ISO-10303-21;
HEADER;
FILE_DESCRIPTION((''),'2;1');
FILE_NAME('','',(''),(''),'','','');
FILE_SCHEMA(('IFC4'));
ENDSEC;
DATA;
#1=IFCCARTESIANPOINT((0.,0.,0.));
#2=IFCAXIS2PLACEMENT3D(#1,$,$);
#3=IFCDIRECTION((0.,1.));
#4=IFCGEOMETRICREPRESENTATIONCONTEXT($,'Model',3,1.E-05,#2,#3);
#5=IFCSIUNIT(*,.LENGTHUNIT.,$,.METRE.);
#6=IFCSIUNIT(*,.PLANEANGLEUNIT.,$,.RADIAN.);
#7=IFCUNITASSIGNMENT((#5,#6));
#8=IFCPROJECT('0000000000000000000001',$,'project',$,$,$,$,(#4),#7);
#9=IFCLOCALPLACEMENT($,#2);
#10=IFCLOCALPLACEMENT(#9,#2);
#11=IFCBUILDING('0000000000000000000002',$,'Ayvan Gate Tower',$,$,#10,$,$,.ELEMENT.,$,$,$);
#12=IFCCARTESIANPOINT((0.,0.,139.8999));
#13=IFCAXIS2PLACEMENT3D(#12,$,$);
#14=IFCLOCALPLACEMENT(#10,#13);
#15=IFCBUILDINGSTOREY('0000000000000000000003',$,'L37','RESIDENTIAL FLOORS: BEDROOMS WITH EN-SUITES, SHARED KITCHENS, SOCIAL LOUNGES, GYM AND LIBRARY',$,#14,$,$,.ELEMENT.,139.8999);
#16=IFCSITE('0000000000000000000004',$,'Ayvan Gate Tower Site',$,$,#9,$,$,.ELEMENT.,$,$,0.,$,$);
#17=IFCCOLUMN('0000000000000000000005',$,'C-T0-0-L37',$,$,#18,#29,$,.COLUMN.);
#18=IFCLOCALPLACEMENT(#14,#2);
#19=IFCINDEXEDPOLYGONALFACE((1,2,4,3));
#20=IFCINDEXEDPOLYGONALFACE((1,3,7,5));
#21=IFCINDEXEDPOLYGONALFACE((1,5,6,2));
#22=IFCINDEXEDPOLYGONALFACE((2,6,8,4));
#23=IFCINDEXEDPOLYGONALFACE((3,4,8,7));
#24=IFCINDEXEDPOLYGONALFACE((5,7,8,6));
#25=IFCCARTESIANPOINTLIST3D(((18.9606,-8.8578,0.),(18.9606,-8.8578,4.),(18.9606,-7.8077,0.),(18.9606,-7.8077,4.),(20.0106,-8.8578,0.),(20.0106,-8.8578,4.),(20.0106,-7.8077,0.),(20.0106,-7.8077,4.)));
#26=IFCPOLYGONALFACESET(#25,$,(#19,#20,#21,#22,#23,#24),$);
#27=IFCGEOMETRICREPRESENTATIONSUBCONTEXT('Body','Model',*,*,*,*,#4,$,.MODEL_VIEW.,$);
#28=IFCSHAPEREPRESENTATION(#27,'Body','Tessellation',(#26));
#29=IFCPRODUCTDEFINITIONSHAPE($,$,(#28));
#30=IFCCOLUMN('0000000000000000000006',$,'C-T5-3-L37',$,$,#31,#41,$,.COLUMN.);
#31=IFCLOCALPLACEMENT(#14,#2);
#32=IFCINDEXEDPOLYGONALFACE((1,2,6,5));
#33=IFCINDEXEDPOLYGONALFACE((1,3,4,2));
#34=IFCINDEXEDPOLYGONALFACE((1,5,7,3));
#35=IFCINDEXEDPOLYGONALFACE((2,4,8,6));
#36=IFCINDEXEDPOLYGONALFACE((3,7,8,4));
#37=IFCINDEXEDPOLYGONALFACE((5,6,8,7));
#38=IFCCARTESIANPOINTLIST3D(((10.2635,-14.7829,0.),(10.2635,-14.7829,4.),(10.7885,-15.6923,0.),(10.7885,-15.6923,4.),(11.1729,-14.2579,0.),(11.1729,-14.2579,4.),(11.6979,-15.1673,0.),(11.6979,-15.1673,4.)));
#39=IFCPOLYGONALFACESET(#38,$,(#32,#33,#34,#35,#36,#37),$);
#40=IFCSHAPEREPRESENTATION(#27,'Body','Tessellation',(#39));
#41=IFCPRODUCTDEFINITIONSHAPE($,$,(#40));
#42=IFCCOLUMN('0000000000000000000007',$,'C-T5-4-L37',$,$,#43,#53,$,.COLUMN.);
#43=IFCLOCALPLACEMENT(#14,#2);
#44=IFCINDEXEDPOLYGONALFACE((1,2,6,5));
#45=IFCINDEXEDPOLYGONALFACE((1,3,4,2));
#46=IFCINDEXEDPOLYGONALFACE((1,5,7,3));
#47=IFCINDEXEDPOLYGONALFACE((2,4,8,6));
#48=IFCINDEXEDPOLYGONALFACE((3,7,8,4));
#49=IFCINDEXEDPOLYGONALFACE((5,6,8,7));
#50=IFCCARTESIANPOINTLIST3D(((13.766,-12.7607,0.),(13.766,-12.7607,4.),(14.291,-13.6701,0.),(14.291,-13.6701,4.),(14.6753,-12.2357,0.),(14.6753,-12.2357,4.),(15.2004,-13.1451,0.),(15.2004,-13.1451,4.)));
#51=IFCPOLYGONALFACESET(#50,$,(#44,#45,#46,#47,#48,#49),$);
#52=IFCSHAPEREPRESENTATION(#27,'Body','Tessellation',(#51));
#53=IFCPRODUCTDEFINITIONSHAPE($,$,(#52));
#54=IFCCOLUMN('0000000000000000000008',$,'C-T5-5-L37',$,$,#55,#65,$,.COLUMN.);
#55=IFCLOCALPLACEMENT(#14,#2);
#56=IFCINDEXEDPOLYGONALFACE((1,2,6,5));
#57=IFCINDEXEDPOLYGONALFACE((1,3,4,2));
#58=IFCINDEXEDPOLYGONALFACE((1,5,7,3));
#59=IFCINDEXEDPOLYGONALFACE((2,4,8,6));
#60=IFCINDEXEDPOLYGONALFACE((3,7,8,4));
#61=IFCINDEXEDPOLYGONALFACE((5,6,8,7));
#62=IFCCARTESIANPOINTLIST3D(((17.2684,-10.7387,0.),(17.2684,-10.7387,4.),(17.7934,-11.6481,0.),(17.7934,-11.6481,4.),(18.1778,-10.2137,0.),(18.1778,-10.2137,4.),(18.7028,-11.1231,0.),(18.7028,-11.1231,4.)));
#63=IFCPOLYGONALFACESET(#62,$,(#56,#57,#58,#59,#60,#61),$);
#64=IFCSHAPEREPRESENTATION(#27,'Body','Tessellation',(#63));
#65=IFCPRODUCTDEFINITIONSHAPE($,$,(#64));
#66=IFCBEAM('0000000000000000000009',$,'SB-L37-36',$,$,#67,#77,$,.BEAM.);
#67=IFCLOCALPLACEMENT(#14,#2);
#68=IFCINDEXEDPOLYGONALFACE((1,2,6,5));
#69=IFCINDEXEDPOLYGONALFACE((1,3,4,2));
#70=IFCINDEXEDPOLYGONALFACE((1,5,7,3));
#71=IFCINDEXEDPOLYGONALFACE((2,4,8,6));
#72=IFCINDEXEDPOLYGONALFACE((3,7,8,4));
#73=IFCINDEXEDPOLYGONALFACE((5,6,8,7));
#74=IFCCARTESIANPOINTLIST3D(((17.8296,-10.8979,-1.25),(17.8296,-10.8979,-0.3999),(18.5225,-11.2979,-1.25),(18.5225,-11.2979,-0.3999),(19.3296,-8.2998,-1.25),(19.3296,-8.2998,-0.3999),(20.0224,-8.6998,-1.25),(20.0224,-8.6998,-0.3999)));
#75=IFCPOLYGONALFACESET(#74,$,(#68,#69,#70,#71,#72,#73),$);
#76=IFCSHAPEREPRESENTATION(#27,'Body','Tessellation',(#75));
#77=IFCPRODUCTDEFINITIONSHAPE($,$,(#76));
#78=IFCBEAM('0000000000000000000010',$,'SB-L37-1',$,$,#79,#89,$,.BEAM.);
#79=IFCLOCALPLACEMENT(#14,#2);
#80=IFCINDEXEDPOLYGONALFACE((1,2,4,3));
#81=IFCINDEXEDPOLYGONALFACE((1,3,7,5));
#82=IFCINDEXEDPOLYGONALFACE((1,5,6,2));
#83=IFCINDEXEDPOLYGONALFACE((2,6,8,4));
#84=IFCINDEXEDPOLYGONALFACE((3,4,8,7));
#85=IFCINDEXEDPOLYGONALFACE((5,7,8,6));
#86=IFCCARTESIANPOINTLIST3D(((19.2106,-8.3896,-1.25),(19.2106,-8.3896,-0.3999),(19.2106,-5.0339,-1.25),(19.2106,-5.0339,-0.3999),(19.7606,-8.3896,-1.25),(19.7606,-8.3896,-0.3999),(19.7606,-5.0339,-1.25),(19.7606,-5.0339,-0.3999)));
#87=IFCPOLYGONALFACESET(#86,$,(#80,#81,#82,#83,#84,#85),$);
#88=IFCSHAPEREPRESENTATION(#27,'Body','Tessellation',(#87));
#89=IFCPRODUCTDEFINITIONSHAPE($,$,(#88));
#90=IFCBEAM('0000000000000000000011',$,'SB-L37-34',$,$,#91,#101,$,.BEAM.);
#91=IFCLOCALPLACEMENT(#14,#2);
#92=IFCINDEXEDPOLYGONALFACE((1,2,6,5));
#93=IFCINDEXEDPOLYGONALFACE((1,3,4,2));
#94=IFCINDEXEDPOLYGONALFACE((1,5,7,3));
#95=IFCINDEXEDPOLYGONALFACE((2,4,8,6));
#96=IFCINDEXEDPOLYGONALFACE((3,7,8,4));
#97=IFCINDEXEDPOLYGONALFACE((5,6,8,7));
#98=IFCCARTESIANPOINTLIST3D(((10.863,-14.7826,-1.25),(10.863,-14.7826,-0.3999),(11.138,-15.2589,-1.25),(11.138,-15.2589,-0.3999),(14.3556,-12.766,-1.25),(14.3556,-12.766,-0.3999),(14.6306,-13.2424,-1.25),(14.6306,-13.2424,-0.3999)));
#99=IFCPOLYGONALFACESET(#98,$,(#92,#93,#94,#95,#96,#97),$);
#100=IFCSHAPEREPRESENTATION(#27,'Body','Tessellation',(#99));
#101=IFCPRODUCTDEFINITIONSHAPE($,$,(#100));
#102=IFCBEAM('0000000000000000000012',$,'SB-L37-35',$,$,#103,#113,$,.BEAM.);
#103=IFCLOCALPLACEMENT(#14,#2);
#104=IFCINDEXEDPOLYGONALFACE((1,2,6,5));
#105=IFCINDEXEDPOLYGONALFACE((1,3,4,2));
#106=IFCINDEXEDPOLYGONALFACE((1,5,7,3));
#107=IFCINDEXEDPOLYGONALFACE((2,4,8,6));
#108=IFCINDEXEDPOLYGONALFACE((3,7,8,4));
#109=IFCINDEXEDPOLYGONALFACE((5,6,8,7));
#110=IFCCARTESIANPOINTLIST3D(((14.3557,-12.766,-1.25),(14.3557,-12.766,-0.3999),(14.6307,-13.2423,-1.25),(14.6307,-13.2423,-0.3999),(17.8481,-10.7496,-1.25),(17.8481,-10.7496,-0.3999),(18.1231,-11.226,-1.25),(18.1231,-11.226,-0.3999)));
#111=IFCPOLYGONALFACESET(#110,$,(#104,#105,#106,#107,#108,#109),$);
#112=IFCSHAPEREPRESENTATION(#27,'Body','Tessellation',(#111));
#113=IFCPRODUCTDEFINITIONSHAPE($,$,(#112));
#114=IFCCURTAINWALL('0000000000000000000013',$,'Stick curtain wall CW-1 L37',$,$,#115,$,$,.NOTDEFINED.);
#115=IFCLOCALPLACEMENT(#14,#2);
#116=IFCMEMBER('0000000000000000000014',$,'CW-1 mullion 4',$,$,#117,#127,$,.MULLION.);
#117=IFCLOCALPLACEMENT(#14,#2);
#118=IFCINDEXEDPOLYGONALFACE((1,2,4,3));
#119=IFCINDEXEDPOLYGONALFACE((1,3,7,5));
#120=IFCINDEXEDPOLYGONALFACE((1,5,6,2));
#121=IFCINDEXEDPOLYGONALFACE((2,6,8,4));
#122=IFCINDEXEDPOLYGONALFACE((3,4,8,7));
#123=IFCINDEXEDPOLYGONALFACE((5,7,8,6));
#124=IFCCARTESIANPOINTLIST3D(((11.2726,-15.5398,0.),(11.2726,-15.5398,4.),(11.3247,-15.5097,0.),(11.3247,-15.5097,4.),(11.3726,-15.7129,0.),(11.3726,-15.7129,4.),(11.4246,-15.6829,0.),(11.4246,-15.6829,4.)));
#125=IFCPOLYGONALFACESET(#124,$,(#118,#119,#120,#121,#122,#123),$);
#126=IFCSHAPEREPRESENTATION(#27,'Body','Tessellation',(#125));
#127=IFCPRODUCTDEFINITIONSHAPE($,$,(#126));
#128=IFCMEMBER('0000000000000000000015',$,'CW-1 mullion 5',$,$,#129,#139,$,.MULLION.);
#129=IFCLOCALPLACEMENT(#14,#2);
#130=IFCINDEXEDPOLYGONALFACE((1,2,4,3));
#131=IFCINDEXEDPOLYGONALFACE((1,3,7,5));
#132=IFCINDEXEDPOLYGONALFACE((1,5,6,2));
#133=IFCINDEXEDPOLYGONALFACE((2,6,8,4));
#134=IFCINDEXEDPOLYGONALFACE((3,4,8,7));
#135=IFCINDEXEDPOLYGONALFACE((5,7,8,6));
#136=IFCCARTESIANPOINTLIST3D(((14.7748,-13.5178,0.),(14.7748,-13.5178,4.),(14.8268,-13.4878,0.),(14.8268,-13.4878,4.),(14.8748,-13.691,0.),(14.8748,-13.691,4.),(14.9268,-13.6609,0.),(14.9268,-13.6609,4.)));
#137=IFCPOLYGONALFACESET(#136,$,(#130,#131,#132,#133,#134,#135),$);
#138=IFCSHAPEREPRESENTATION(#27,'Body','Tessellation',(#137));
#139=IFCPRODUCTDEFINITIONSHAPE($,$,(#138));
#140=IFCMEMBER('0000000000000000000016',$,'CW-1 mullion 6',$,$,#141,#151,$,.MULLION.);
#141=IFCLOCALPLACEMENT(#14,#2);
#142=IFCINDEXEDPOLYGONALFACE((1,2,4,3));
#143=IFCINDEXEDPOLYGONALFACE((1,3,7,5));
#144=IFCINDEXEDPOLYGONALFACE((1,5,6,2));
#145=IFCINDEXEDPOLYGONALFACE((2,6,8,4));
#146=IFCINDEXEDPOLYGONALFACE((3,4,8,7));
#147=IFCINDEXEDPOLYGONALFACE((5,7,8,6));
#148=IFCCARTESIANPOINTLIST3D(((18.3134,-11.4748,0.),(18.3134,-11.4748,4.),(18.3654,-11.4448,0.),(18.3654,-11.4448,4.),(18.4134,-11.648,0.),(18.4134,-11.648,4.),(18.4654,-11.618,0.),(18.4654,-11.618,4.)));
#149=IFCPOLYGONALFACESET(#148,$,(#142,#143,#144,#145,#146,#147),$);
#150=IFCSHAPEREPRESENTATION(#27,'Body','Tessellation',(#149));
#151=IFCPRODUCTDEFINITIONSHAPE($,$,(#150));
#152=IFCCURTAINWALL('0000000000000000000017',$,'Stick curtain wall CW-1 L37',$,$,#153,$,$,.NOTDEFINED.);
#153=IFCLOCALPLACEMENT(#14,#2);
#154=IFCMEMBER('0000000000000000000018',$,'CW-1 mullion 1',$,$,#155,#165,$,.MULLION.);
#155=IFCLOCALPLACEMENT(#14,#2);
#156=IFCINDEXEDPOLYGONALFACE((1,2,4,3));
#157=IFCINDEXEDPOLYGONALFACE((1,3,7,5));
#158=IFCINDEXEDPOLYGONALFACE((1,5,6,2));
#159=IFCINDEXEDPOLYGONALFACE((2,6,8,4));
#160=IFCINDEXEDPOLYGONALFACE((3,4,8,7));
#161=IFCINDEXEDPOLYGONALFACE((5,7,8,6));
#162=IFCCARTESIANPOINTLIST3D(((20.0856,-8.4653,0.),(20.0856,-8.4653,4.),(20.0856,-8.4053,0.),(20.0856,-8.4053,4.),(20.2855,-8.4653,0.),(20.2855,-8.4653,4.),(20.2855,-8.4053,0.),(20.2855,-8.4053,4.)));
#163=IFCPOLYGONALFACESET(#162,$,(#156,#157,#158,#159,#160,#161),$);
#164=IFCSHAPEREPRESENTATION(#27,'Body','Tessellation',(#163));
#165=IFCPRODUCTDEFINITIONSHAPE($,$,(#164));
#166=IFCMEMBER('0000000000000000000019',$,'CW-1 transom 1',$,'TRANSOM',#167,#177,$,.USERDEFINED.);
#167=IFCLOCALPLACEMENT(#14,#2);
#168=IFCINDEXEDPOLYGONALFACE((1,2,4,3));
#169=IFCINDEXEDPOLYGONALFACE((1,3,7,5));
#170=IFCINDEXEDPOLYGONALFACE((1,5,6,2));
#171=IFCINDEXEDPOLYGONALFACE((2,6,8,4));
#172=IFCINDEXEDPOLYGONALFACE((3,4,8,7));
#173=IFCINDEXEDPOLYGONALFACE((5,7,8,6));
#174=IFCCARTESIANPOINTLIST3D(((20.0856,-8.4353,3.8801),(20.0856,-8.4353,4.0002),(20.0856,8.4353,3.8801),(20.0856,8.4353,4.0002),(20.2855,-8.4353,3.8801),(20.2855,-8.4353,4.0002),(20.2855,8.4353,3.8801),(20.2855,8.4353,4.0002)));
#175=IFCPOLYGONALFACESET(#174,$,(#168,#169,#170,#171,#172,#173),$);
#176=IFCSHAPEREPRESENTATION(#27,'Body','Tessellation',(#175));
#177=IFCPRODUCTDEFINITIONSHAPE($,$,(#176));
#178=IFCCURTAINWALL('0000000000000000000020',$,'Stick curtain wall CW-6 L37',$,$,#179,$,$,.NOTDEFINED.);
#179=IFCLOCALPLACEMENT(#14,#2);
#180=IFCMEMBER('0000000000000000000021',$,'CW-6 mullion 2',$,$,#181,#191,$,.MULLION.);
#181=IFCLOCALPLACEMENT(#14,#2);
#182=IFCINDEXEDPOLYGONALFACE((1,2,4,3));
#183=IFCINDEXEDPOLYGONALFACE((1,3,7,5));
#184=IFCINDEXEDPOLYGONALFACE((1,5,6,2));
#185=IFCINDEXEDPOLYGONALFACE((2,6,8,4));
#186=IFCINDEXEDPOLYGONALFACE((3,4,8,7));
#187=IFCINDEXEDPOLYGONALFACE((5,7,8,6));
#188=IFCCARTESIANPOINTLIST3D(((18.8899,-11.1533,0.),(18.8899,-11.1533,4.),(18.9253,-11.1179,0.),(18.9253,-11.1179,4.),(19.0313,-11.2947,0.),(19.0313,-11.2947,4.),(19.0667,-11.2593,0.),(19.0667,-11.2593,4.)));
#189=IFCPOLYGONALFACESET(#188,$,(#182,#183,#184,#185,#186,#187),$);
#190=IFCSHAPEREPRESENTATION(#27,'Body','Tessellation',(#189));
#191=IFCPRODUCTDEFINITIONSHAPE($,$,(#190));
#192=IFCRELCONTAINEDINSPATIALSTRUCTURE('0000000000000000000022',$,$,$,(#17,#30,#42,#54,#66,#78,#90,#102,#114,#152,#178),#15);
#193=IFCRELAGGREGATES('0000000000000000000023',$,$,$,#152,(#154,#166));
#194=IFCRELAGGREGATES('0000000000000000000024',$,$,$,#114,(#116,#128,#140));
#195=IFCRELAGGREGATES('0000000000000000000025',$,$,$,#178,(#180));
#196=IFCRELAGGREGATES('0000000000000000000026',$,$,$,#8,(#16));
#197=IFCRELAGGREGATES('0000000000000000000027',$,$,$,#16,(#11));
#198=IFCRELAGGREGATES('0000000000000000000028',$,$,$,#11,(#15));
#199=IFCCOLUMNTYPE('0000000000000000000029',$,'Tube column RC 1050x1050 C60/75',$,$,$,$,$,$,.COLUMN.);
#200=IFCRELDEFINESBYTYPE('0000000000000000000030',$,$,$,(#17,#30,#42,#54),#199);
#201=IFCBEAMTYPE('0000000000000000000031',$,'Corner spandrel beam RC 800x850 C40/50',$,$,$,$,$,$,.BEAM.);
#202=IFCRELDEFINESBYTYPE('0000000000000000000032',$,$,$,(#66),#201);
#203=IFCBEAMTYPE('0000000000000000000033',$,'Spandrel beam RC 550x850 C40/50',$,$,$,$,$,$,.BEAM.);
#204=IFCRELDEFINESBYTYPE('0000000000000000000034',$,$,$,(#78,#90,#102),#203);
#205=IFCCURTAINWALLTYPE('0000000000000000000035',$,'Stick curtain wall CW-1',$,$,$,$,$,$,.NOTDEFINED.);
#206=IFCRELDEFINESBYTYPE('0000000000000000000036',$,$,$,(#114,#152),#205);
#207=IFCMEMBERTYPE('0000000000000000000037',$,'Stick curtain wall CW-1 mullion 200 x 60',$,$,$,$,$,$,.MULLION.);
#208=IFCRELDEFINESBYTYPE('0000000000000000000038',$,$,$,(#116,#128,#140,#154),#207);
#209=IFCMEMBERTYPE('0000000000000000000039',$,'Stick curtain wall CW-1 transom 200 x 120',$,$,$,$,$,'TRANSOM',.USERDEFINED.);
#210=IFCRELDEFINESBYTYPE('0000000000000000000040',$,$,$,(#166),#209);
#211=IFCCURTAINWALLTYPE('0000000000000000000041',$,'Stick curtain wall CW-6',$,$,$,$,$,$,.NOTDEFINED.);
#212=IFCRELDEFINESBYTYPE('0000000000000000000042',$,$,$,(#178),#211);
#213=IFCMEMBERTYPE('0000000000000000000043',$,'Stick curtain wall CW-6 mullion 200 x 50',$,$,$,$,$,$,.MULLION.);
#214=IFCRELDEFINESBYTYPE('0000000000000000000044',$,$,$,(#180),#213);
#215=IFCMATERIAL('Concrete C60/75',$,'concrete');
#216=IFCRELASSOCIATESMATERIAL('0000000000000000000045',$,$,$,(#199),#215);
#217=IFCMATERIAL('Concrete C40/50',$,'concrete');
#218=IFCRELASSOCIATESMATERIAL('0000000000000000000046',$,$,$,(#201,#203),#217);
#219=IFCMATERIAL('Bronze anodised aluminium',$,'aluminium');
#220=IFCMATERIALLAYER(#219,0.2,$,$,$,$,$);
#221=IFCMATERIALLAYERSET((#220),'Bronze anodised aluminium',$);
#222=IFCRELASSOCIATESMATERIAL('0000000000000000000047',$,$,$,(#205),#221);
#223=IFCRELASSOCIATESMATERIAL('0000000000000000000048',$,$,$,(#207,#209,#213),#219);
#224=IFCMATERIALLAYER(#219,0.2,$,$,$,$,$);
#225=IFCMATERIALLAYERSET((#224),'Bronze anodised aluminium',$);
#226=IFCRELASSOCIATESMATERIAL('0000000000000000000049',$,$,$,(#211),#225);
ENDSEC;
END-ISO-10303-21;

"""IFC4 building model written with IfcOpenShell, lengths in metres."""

from ifc_helpers import new_model, si_unit, direction, frame, origin, origin_2d, place, context, subcontext, project, spatial, rectangle, extrude, material, layer, layer_set, material_profile, profile_set, type_object, element, aggregate, save


model = new_model("IFC4")

# Units and contexts
model_context = context("Model", 3, precision=1e-05, world=origin(), true_north=direction((0.0, 1.0)))
body_context = subcontext(model_context, "Body", "Model", "MODEL_VIEW")
ifc_project = project(units=[si_unit("LENGTHUNIT", "METRE"), si_unit("PLANEANGLEUNIT", "RADIAN")], contexts=[model_context])

# Site, building, storey
site_placement = place(None, origin())
site = spatial("IfcSite", under=ifc_project, at=site_placement, Name="Ayvan Gate Tower Site", CompositionType="ELEMENT", RefElevation=0.0)
building_placement = place(site_placement, origin())
building = spatial("IfcBuilding", under=site, at=building_placement, Name="Ayvan Gate Tower", CompositionType="ELEMENT")
storey_placement = place(building_placement, frame((0.0, 0.0, 139.8999)))
storey = spatial("IfcBuildingStorey", under=building, at=storey_placement, Name="L37", Description="RESIDENTIAL FLOORS: BEDROOMS WITH EN-SUITES, SHARED KITCHENS, SOCIAL LOUNGES, GYM AND LIBRARY", CompositionType="ELEMENT", Elevation=139.8999)

# Columns
ifc_material_1 = material(Name="Concrete C60/75", Category="concrete")
ifc_material_profile_1 = material_profile(ifc_material_1, rectangle(XDim=1.05, YDim=1.05, at=origin_2d()), Name="RC 1050x1050")
ifc_profile_set_1 = profile_set([ifc_material_profile_1], Name="Concrete C60/75")
column_type = type_object("IfcColumnType", Name="Tube column RC 1050x1050 C60/75", PredefinedType="COLUMN", material=ifc_profile_set_1)
for number, where, z_axis, x_axis, name in (
    (1, (19.4856, -8.3328, 0.0), (0.0, 0.0, 1.0), (1.0, 0.0, 0.0), "C-T0-0-L37"),
    (2, (10.9807, -14.9751, 0.0), (0.0, 0.0, 1.0), (0.5, -0.866025, 0.0), "C-T5-3-L37"),
    (3, (14.4832, -12.9529, 0.0), (0.0, 0.0, 1.0), (0.5, -0.866025, 0.0), "C-T5-4-L37"),
    (4, (17.9856, -10.9309, 0.0), (0.0, 0.0, 1.0), (0.5, -0.866025, 0.0), "C-T5-5-L37"),
):
    element("IfcColumn", number, at=place(storey_placement, frame(where, z_axis=z_axis, x_axis=x_axis)), inside=storey, type_object=column_type, Name=name, PredefinedType="COLUMN", context=body_context, shape_type="SweptSolid", body=[
        extrude(rectangle(XDim=1.05, YDim=1.05, at=origin_2d()), origin(), (0.0, 0.0, 1.0), 4.0),
    ])

# Beams
ifc_material_2 = material(Name="Concrete C40/50", Category="concrete")
ifc_material_profile_2 = material_profile(ifc_material_2, rectangle(XDim=0.8, YDim=0.8501, at=origin_2d()), Name="RC 800x850")
ifc_profile_set_2 = profile_set([ifc_material_profile_2], Name="Concrete C40/50")
beam_type_1 = type_object("IfcBeamType", Name="Corner spandrel beam RC 800x850 C40/50", PredefinedType="BEAM", material=ifc_profile_set_2)
beam_1_placement = place(storey_placement, frame((18.176, -11.0979, -0.825), z_axis=(0.49999, 0.866031, 0.0), x_axis=(-0.866031, 0.49999, 0.0)))
element("IfcBeam", 5, at=beam_1_placement, inside=storey, type_object=beam_type_1, Name="SB-L37-36", PredefinedType="BEAM", context=body_context, shape_type="SweptSolid", body=[
    extrude(rectangle(XDim=0.8, YDim=0.8501, at=origin_2d()), origin(), (0.0, 0.0, 1.0), 3.0),
])
ifc_material_profile_3 = material_profile(ifc_material_2, rectangle(XDim=0.55, YDim=0.8501, at=origin_2d()), Name="RC 550x850")
ifc_profile_set_3 = profile_set([ifc_material_profile_3], Name="Concrete C40/50")
beam_type_2 = type_object("IfcBeamType", Name="Spandrel beam RC 550x850 C40/50", PredefinedType="BEAM", material=ifc_profile_set_3)
beam_2_placement = place(storey_placement, frame((19.4856, -8.3896, -0.825), z_axis=(0.0, 1.0, 0.0), x_axis=(-1.0, 0.0, 0.0)))
element("IfcBeam", 6, at=beam_2_placement, inside=storey, type_object=beam_type_2, Name="SB-L37-1", PredefinedType="BEAM", context=body_context, shape_type="SweptSolid", body=[
    extrude(rectangle(XDim=0.55, YDim=0.8501, at=origin_2d()), origin(), (0.0, 0.0, 1.0), 3.3557),
])
beam_3_placement = place(storey_placement, frame((11.0005, -15.0208, -0.825), z_axis=(0.866014, 0.500019, 0.0), x_axis=(-0.500019, 0.866014, 0.0)))
element("IfcBeam", 7, at=beam_3_placement, inside=storey, type_object=beam_type_2, Name="SB-L37-34", PredefinedType="BEAM", context=body_context, shape_type="SweptSolid", body=[
    extrude(rectangle(XDim=0.55, YDim=0.8501, at=origin_2d()), origin(), (0.0, 0.0, 1.0), 4.033),
])
beam_4_placement = place(storey_placement, frame((14.4932, -13.0042, -0.825), z_axis=(0.866025, 0.5, 0.0), x_axis=(-0.5, 0.866025, 0.0)))
element("IfcBeam", 8, at=beam_4_placement, inside=storey, type_object=beam_type_2, Name="SB-L37-35", PredefinedType="BEAM", context=body_context, shape_type="SweptSolid", body=[
    extrude(rectangle(XDim=0.55, YDim=0.8501, at=origin_2d()), origin(), (0.0, 0.0, 1.0), 4.0327),
])

# Curtain walls, members
ifc_material_3 = material(Name="Bronze anodised aluminium", Category="aluminium")
ifc_layer_1 = layer(ifc_material_3, 0.2)
ifc_layer_set_1 = layer_set([ifc_layer_1], Name="Bronze anodised aluminium")
curtain_wall_type_1 = type_object("IfcCurtainWallType", Name="Stick curtain wall CW-1", PredefinedType="NOTDEFINED", material=ifc_layer_set_1)
curtain_wall_1_placement = place(storey_placement, origin())
curtain_wall_1 = element("IfcCurtainWall", 9, at=curtain_wall_1_placement, inside=storey, type_object=curtain_wall_type_1, Name="Stick curtain wall CW-1 L37", PredefinedType="NOTDEFINED")
ifc_material_profile_4 = material_profile(ifc_material_3, rectangle(XDim=0.2, YDim=0.0601, at=origin_2d()), Name="Stick curtain wall CW-1 mullion 200 x 60")
ifc_profile_set_4 = profile_set([ifc_material_profile_4], Name="Bronze anodised aluminium")
member_type_1 = type_object("IfcMemberType", Name="Stick curtain wall CW-1 mullion 200 x 60", PredefinedType="MULLION", material=ifc_profile_set_4)
member_1_placement = place(storey_placement, frame((11.3486, -15.6113, 0.0), z_axis=(0.0, 0.0, 1.0), x_axis=(0.5, -0.866025, 0.0)))
member_1 = element("IfcMember", 10, at=member_1_placement, type_object=member_type_1, Name="CW-1 mullion 4", PredefinedType="MULLION", context=body_context, shape_type="SweptSolid", body=[
    extrude(rectangle(XDim=0.2, YDim=0.0601, at=origin_2d()), origin(), (0.0, 0.0, 1.0), 4.0),
])
member_2_placement = place(storey_placement, frame((14.8508, -13.5894, 0.0), z_axis=(0.0, 0.0, 1.0), x_axis=(0.5, -0.866025, 0.0)))
member_2 = element("IfcMember", 11, at=member_2_placement, type_object=member_type_1, Name="CW-1 mullion 5", PredefinedType="MULLION", context=body_context, shape_type="SweptSolid", body=[
    extrude(rectangle(XDim=0.2, YDim=0.0601, at=origin_2d()), origin(), (0.0, 0.0, 1.0), 4.0),
])
member_3_placement = place(storey_placement, frame((18.3894, -11.5464, 0.0), z_axis=(0.0, 0.0, 1.0), x_axis=(0.5, -0.866025, 0.0)))
member_3 = element("IfcMember", 12, at=member_3_placement, type_object=member_type_1, Name="CW-1 mullion 6", PredefinedType="MULLION", context=body_context, shape_type="SweptSolid", body=[
    extrude(rectangle(XDim=0.2, YDim=0.0601, at=origin_2d()), origin(), (0.0, 0.0, 1.0), 4.0),
])
curtain_wall_2_placement = place(storey_placement, origin())
curtain_wall_2 = element("IfcCurtainWall", 13, at=curtain_wall_2_placement, inside=storey, type_object=curtain_wall_type_1, Name="Stick curtain wall CW-1 L37", PredefinedType="NOTDEFINED")
member_4_placement = place(storey_placement, frame((20.1855, -8.4353, 0.0), z_axis=(0.0, 0.0, 1.0), x_axis=(1.0, 0.0, 0.0)))
member_4 = element("IfcMember", 14, at=member_4_placement, type_object=member_type_1, Name="CW-1 mullion 1", PredefinedType="MULLION", context=body_context, shape_type="SweptSolid", body=[
    extrude(rectangle(XDim=0.2, YDim=0.0601, at=origin_2d()), origin(), (0.0, 0.0, 1.0), 4.0),
])
ifc_material_profile_5 = material_profile(ifc_material_3, rectangle(XDim=0.2, YDim=0.1201, at=origin_2d()), Name="Stick curtain wall CW-1 transom 200 x 120")
ifc_profile_set_5 = profile_set([ifc_material_profile_5], Name="Bronze anodised aluminium")
member_type_2 = type_object("IfcMemberType", Name="Stick curtain wall CW-1 transom 200 x 120", ElementType="TRANSOM", PredefinedType="USERDEFINED", material=ifc_profile_set_5)
member_5_placement = place(storey_placement, frame((20.1855, -8.4353, 3.9402), z_axis=(0.0, 1.0, 0.0), x_axis=(-1.0, 0.0, 0.0)))
member_5 = element("IfcMember", 15, at=member_5_placement, type_object=member_type_2, Name="CW-1 transom 1", ObjectType="TRANSOM", PredefinedType="USERDEFINED", context=body_context, shape_type="SweptSolid", body=[
    extrude(rectangle(XDim=0.2, YDim=0.1201, at=origin_2d()), origin(), (0.0, 0.0, 1.0), 16.8706),
])
aggregate(curtain_wall_2, [member_4, member_5])
ifc_layer_2 = layer(ifc_material_3, 0.2)
ifc_layer_set_2 = layer_set([ifc_layer_2], Name="Bronze anodised aluminium")
curtain_wall_type_2 = type_object("IfcCurtainWallType", Name="Stick curtain wall CW-6", PredefinedType="NOTDEFINED", material=ifc_layer_set_2)
curtain_wall_3_placement = place(storey_placement, origin())
curtain_wall_3 = element("IfcCurtainWall", 16, at=curtain_wall_3_placement, inside=storey, type_object=curtain_wall_type_2, Name="Stick curtain wall CW-6 L37", PredefinedType="NOTDEFINED")
ifc_material_profile_6 = material_profile(ifc_material_3, rectangle(XDim=0.2, YDim=0.05, at=origin_2d()), Name="Stick curtain wall CW-6 mullion 200 x 50")
ifc_profile_set_6 = profile_set([ifc_material_profile_6], Name="Bronze anodised aluminium")
member_type_3 = type_object("IfcMemberType", Name="Stick curtain wall CW-6 mullion 200 x 50", PredefinedType="MULLION", material=ifc_profile_set_6)
member_6_placement = place(storey_placement, frame((18.9783, -11.2063, 0.0), z_axis=(0.0, 0.0, 1.0), x_axis=(0.707107, -0.707107, 0.0)))
member_6 = element("IfcMember", 17, at=member_6_placement, type_object=member_type_3, Name="CW-6 mullion 2", PredefinedType="MULLION", context=body_context, shape_type="SweptSolid", body=[
    extrude(rectangle(XDim=0.2, YDim=0.05, at=origin_2d()), origin(), (0.0, 0.0, 1.0), 4.0),
])

aggregate(curtain_wall_1, [member_1, member_2, member_3])
aggregate(curtain_wall_3, [member_6])

save(model, "model.ifc")
